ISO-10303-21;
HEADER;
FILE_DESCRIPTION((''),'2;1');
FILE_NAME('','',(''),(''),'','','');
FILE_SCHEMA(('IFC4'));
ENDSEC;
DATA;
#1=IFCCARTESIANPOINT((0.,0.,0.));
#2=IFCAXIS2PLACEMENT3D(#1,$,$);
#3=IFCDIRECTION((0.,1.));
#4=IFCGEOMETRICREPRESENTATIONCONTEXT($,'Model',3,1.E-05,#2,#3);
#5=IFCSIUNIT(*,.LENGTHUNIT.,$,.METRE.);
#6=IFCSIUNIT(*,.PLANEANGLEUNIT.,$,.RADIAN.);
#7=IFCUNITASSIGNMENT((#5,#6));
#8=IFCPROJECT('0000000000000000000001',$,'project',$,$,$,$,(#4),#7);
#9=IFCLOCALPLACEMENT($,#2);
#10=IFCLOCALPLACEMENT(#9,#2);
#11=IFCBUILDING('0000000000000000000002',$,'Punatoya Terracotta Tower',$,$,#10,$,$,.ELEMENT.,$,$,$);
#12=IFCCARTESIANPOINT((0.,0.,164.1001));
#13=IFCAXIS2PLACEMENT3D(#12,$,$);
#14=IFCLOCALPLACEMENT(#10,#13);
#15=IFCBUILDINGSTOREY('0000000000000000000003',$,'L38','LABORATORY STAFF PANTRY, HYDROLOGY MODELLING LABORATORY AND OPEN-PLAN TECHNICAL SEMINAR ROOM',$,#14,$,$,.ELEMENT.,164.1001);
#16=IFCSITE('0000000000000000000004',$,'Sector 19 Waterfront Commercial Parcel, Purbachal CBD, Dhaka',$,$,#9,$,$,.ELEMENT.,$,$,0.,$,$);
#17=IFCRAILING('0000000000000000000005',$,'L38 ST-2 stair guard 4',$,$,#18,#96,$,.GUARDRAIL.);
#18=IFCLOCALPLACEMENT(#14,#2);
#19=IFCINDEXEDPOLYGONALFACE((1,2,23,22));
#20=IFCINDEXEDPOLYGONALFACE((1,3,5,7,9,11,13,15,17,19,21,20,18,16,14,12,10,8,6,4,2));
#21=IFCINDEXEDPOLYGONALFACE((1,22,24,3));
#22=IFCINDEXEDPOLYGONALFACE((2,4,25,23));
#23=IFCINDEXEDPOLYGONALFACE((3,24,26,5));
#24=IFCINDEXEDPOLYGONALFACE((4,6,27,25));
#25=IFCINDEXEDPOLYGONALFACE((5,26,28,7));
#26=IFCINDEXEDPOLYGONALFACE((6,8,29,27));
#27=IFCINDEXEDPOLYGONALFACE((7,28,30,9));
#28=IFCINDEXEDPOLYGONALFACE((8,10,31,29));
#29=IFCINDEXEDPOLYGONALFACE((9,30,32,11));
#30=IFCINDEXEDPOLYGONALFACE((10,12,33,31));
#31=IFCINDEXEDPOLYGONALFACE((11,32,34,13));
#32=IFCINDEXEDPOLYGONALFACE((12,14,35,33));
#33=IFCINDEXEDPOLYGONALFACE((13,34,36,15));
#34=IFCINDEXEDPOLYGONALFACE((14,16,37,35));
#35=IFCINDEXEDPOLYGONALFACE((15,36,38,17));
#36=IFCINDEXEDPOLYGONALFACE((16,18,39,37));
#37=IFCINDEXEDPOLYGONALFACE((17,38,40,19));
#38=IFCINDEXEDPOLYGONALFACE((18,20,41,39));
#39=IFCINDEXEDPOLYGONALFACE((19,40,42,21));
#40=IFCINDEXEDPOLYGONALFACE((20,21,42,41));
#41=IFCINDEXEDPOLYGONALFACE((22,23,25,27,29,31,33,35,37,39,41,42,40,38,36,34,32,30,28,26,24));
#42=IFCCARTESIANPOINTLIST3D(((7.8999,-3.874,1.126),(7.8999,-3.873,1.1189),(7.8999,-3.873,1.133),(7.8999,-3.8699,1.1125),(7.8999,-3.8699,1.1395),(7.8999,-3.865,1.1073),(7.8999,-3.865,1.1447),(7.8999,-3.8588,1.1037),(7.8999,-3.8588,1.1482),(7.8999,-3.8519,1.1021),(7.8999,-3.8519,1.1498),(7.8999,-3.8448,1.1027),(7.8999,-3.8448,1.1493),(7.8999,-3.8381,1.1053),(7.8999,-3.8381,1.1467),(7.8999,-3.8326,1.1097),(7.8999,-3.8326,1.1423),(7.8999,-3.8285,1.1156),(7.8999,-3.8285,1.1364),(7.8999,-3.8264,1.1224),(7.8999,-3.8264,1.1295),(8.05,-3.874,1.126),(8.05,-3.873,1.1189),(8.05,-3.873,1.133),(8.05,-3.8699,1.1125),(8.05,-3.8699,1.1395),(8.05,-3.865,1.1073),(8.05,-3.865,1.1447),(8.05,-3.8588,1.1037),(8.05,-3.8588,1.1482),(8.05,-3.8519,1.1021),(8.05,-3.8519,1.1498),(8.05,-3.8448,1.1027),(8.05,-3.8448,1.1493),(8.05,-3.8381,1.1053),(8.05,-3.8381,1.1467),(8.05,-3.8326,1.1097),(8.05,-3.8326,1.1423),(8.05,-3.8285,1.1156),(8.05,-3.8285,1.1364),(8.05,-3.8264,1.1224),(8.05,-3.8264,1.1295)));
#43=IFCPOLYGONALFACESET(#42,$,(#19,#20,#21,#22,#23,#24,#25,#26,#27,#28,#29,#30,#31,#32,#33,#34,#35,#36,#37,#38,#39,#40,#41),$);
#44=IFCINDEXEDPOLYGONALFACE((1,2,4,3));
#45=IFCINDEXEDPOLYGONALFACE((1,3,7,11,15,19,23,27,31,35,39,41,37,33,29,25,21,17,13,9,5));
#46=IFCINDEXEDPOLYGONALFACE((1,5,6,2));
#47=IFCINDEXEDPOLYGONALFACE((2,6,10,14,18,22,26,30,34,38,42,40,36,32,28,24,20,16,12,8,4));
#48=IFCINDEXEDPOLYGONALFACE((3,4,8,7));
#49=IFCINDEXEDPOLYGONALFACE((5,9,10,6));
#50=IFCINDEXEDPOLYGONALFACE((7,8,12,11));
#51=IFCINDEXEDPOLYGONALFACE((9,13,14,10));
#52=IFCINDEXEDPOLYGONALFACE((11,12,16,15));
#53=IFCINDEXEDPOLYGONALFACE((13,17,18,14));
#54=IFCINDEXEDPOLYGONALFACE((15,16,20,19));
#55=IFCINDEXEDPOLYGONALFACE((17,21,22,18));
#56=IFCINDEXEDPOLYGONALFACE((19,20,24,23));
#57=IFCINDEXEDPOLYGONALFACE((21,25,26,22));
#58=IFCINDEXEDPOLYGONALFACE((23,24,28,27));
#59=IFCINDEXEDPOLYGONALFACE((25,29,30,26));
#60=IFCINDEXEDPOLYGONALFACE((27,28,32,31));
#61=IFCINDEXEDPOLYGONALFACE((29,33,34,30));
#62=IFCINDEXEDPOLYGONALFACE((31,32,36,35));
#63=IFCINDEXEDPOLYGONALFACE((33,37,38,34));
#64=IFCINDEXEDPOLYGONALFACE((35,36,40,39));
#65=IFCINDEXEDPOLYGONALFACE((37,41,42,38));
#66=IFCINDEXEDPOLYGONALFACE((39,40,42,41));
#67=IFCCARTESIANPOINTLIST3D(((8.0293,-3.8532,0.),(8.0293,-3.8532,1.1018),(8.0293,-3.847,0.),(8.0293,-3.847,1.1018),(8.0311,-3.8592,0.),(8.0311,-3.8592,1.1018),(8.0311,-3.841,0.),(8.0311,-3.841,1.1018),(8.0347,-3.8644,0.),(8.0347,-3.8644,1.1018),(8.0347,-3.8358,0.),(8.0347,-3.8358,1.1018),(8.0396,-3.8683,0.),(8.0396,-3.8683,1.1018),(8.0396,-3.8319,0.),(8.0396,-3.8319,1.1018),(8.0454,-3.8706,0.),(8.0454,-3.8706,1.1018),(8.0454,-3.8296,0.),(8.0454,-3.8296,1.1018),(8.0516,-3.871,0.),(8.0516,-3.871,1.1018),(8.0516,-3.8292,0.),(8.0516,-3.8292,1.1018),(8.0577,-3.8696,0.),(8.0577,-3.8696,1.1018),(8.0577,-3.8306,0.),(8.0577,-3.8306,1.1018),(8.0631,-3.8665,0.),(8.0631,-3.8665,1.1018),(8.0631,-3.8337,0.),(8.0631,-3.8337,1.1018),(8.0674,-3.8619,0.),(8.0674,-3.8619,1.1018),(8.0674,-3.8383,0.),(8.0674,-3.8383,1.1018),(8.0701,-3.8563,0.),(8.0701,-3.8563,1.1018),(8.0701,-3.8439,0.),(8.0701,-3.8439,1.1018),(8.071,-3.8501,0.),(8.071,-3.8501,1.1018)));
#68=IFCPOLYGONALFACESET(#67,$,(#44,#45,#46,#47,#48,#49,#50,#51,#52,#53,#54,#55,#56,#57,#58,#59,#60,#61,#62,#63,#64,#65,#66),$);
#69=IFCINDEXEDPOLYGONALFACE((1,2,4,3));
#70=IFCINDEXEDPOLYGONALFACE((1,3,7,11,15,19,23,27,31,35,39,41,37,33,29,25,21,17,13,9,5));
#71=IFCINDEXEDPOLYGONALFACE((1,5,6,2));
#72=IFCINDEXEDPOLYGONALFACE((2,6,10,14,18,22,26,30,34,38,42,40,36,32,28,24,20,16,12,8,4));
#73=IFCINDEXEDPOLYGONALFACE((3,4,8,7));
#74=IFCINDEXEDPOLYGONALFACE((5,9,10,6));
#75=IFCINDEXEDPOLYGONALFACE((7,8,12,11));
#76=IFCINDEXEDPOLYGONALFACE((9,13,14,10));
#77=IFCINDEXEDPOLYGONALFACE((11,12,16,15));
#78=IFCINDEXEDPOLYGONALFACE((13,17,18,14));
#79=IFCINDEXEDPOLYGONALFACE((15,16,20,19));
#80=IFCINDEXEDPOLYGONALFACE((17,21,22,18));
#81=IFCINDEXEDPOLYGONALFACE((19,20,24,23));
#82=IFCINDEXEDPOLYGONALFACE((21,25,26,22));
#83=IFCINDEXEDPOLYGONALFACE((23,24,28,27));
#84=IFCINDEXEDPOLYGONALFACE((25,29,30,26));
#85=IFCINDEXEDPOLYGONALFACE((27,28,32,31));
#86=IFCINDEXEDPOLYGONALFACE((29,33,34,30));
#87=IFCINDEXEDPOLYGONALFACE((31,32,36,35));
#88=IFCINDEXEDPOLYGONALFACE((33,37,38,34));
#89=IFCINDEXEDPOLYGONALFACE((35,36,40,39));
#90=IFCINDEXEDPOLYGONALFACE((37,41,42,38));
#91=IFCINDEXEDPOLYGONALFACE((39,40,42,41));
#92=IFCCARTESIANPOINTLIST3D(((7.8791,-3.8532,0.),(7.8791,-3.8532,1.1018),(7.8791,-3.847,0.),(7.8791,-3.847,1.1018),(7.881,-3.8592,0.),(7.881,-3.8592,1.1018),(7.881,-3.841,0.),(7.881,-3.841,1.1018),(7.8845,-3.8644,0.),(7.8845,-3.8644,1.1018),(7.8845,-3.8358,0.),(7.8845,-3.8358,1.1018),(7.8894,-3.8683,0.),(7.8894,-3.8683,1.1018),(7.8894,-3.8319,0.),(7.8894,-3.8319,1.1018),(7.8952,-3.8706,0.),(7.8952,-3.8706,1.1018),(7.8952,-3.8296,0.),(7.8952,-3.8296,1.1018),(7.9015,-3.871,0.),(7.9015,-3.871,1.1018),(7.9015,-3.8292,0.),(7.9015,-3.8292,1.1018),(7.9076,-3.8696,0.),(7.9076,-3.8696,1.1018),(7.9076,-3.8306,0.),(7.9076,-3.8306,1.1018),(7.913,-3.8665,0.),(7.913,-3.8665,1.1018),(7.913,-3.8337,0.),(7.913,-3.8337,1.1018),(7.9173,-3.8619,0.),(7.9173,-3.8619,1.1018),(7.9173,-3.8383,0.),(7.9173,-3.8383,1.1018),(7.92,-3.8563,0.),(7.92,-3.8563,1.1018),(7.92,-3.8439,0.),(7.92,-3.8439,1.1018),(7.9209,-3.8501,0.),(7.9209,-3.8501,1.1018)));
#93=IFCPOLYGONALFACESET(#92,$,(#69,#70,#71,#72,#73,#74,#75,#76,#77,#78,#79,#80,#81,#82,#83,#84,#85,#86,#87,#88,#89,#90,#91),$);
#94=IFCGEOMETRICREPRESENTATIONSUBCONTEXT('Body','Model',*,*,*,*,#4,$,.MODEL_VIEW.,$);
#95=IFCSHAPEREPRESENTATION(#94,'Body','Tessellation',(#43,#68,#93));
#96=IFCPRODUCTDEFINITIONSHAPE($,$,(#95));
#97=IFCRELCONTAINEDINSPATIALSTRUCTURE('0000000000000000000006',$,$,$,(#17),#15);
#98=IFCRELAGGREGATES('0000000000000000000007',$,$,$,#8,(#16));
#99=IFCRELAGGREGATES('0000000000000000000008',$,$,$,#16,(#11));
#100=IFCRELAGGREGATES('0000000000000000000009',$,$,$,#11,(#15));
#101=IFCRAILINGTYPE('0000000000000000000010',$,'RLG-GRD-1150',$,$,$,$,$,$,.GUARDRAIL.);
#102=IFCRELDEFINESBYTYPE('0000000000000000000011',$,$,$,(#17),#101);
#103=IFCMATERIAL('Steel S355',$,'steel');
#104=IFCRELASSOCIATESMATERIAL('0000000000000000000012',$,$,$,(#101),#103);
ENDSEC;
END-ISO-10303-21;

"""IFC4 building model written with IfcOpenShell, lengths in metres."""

from ifc_helpers import new_model, si_unit, direction, frame, origin, origin_2d, place, context, subcontext, project, spatial, circle, extrude, material, type_object, element, save


model = new_model("IFC4")

# Units and contexts
model_context = context("Model", 3, precision=1e-05, world=origin(), true_north=direction((0.0, 1.0)))
body_context = subcontext(model_context, "Body", "Model", "MODEL_VIEW")
ifc_project = project(units=[si_unit("LENGTHUNIT", "METRE"), si_unit("PLANEANGLEUNIT", "RADIAN")], contexts=[model_context])

# Site, building, storey
site_placement = place(None, origin())
site = spatial("IfcSite", under=ifc_project, at=site_placement, Name="Sector 19 Waterfront Commercial Parcel, Purbachal CBD, Dhaka", CompositionType="ELEMENT", RefElevation=0.0)
building_placement = place(site_placement, origin())
building = spatial("IfcBuilding", under=site, at=building_placement, Name="Punatoya Terracotta Tower", CompositionType="ELEMENT")
storey_placement = place(building_placement, frame((0.0, 0.0, 164.1001)))
storey = spatial("IfcBuildingStorey", under=building, at=storey_placement, Name="L38", Description="LABORATORY STAFF PANTRY, HYDROLOGY MODELLING LABORATORY AND OPEN-PLAN TECHNICAL SEMINAR ROOM", CompositionType="ELEMENT", Elevation=164.1001)

# Shared definitions
ifc_material_1 = material(Name="Steel S355", Category="steel")

# Railing
railing_type_1 = type_object("IfcRailingType", Name="RLG-GRD-1150", PredefinedType="GUARDRAIL", material=ifc_material_1)
railing_1_placement = place(storey_placement, frame((8.05, -3.8501, 0.0)))
element("IfcRailing", 1, at=railing_1_placement, inside=storey, type_object=railing_type_1, Name="L38 ST-2 stair guard 4", PredefinedType="GUARDRAIL", context=body_context, shape_type="SweptSolid", body=[
    extrude(circle(Radius=0.0239, at=origin_2d()), frame((0.0, 0.0, 1.126), z_axis=(-1.0, 0.0, 0.0), x_axis=(0.0, -1.0, 0.0)), (0.0, 0.0, 1.0), 0.1501),
    extrude(circle(Radius=0.021, at=origin_2d()), origin(), (0.0, 0.0, 1.0), 1.1018),
    extrude(circle(Radius=0.021, at=origin_2d()), frame((-0.1501, 0.0, 0.0)), (0.0, 0.0, 1.0), 1.1018),
])

save(model, "model.ifc")
